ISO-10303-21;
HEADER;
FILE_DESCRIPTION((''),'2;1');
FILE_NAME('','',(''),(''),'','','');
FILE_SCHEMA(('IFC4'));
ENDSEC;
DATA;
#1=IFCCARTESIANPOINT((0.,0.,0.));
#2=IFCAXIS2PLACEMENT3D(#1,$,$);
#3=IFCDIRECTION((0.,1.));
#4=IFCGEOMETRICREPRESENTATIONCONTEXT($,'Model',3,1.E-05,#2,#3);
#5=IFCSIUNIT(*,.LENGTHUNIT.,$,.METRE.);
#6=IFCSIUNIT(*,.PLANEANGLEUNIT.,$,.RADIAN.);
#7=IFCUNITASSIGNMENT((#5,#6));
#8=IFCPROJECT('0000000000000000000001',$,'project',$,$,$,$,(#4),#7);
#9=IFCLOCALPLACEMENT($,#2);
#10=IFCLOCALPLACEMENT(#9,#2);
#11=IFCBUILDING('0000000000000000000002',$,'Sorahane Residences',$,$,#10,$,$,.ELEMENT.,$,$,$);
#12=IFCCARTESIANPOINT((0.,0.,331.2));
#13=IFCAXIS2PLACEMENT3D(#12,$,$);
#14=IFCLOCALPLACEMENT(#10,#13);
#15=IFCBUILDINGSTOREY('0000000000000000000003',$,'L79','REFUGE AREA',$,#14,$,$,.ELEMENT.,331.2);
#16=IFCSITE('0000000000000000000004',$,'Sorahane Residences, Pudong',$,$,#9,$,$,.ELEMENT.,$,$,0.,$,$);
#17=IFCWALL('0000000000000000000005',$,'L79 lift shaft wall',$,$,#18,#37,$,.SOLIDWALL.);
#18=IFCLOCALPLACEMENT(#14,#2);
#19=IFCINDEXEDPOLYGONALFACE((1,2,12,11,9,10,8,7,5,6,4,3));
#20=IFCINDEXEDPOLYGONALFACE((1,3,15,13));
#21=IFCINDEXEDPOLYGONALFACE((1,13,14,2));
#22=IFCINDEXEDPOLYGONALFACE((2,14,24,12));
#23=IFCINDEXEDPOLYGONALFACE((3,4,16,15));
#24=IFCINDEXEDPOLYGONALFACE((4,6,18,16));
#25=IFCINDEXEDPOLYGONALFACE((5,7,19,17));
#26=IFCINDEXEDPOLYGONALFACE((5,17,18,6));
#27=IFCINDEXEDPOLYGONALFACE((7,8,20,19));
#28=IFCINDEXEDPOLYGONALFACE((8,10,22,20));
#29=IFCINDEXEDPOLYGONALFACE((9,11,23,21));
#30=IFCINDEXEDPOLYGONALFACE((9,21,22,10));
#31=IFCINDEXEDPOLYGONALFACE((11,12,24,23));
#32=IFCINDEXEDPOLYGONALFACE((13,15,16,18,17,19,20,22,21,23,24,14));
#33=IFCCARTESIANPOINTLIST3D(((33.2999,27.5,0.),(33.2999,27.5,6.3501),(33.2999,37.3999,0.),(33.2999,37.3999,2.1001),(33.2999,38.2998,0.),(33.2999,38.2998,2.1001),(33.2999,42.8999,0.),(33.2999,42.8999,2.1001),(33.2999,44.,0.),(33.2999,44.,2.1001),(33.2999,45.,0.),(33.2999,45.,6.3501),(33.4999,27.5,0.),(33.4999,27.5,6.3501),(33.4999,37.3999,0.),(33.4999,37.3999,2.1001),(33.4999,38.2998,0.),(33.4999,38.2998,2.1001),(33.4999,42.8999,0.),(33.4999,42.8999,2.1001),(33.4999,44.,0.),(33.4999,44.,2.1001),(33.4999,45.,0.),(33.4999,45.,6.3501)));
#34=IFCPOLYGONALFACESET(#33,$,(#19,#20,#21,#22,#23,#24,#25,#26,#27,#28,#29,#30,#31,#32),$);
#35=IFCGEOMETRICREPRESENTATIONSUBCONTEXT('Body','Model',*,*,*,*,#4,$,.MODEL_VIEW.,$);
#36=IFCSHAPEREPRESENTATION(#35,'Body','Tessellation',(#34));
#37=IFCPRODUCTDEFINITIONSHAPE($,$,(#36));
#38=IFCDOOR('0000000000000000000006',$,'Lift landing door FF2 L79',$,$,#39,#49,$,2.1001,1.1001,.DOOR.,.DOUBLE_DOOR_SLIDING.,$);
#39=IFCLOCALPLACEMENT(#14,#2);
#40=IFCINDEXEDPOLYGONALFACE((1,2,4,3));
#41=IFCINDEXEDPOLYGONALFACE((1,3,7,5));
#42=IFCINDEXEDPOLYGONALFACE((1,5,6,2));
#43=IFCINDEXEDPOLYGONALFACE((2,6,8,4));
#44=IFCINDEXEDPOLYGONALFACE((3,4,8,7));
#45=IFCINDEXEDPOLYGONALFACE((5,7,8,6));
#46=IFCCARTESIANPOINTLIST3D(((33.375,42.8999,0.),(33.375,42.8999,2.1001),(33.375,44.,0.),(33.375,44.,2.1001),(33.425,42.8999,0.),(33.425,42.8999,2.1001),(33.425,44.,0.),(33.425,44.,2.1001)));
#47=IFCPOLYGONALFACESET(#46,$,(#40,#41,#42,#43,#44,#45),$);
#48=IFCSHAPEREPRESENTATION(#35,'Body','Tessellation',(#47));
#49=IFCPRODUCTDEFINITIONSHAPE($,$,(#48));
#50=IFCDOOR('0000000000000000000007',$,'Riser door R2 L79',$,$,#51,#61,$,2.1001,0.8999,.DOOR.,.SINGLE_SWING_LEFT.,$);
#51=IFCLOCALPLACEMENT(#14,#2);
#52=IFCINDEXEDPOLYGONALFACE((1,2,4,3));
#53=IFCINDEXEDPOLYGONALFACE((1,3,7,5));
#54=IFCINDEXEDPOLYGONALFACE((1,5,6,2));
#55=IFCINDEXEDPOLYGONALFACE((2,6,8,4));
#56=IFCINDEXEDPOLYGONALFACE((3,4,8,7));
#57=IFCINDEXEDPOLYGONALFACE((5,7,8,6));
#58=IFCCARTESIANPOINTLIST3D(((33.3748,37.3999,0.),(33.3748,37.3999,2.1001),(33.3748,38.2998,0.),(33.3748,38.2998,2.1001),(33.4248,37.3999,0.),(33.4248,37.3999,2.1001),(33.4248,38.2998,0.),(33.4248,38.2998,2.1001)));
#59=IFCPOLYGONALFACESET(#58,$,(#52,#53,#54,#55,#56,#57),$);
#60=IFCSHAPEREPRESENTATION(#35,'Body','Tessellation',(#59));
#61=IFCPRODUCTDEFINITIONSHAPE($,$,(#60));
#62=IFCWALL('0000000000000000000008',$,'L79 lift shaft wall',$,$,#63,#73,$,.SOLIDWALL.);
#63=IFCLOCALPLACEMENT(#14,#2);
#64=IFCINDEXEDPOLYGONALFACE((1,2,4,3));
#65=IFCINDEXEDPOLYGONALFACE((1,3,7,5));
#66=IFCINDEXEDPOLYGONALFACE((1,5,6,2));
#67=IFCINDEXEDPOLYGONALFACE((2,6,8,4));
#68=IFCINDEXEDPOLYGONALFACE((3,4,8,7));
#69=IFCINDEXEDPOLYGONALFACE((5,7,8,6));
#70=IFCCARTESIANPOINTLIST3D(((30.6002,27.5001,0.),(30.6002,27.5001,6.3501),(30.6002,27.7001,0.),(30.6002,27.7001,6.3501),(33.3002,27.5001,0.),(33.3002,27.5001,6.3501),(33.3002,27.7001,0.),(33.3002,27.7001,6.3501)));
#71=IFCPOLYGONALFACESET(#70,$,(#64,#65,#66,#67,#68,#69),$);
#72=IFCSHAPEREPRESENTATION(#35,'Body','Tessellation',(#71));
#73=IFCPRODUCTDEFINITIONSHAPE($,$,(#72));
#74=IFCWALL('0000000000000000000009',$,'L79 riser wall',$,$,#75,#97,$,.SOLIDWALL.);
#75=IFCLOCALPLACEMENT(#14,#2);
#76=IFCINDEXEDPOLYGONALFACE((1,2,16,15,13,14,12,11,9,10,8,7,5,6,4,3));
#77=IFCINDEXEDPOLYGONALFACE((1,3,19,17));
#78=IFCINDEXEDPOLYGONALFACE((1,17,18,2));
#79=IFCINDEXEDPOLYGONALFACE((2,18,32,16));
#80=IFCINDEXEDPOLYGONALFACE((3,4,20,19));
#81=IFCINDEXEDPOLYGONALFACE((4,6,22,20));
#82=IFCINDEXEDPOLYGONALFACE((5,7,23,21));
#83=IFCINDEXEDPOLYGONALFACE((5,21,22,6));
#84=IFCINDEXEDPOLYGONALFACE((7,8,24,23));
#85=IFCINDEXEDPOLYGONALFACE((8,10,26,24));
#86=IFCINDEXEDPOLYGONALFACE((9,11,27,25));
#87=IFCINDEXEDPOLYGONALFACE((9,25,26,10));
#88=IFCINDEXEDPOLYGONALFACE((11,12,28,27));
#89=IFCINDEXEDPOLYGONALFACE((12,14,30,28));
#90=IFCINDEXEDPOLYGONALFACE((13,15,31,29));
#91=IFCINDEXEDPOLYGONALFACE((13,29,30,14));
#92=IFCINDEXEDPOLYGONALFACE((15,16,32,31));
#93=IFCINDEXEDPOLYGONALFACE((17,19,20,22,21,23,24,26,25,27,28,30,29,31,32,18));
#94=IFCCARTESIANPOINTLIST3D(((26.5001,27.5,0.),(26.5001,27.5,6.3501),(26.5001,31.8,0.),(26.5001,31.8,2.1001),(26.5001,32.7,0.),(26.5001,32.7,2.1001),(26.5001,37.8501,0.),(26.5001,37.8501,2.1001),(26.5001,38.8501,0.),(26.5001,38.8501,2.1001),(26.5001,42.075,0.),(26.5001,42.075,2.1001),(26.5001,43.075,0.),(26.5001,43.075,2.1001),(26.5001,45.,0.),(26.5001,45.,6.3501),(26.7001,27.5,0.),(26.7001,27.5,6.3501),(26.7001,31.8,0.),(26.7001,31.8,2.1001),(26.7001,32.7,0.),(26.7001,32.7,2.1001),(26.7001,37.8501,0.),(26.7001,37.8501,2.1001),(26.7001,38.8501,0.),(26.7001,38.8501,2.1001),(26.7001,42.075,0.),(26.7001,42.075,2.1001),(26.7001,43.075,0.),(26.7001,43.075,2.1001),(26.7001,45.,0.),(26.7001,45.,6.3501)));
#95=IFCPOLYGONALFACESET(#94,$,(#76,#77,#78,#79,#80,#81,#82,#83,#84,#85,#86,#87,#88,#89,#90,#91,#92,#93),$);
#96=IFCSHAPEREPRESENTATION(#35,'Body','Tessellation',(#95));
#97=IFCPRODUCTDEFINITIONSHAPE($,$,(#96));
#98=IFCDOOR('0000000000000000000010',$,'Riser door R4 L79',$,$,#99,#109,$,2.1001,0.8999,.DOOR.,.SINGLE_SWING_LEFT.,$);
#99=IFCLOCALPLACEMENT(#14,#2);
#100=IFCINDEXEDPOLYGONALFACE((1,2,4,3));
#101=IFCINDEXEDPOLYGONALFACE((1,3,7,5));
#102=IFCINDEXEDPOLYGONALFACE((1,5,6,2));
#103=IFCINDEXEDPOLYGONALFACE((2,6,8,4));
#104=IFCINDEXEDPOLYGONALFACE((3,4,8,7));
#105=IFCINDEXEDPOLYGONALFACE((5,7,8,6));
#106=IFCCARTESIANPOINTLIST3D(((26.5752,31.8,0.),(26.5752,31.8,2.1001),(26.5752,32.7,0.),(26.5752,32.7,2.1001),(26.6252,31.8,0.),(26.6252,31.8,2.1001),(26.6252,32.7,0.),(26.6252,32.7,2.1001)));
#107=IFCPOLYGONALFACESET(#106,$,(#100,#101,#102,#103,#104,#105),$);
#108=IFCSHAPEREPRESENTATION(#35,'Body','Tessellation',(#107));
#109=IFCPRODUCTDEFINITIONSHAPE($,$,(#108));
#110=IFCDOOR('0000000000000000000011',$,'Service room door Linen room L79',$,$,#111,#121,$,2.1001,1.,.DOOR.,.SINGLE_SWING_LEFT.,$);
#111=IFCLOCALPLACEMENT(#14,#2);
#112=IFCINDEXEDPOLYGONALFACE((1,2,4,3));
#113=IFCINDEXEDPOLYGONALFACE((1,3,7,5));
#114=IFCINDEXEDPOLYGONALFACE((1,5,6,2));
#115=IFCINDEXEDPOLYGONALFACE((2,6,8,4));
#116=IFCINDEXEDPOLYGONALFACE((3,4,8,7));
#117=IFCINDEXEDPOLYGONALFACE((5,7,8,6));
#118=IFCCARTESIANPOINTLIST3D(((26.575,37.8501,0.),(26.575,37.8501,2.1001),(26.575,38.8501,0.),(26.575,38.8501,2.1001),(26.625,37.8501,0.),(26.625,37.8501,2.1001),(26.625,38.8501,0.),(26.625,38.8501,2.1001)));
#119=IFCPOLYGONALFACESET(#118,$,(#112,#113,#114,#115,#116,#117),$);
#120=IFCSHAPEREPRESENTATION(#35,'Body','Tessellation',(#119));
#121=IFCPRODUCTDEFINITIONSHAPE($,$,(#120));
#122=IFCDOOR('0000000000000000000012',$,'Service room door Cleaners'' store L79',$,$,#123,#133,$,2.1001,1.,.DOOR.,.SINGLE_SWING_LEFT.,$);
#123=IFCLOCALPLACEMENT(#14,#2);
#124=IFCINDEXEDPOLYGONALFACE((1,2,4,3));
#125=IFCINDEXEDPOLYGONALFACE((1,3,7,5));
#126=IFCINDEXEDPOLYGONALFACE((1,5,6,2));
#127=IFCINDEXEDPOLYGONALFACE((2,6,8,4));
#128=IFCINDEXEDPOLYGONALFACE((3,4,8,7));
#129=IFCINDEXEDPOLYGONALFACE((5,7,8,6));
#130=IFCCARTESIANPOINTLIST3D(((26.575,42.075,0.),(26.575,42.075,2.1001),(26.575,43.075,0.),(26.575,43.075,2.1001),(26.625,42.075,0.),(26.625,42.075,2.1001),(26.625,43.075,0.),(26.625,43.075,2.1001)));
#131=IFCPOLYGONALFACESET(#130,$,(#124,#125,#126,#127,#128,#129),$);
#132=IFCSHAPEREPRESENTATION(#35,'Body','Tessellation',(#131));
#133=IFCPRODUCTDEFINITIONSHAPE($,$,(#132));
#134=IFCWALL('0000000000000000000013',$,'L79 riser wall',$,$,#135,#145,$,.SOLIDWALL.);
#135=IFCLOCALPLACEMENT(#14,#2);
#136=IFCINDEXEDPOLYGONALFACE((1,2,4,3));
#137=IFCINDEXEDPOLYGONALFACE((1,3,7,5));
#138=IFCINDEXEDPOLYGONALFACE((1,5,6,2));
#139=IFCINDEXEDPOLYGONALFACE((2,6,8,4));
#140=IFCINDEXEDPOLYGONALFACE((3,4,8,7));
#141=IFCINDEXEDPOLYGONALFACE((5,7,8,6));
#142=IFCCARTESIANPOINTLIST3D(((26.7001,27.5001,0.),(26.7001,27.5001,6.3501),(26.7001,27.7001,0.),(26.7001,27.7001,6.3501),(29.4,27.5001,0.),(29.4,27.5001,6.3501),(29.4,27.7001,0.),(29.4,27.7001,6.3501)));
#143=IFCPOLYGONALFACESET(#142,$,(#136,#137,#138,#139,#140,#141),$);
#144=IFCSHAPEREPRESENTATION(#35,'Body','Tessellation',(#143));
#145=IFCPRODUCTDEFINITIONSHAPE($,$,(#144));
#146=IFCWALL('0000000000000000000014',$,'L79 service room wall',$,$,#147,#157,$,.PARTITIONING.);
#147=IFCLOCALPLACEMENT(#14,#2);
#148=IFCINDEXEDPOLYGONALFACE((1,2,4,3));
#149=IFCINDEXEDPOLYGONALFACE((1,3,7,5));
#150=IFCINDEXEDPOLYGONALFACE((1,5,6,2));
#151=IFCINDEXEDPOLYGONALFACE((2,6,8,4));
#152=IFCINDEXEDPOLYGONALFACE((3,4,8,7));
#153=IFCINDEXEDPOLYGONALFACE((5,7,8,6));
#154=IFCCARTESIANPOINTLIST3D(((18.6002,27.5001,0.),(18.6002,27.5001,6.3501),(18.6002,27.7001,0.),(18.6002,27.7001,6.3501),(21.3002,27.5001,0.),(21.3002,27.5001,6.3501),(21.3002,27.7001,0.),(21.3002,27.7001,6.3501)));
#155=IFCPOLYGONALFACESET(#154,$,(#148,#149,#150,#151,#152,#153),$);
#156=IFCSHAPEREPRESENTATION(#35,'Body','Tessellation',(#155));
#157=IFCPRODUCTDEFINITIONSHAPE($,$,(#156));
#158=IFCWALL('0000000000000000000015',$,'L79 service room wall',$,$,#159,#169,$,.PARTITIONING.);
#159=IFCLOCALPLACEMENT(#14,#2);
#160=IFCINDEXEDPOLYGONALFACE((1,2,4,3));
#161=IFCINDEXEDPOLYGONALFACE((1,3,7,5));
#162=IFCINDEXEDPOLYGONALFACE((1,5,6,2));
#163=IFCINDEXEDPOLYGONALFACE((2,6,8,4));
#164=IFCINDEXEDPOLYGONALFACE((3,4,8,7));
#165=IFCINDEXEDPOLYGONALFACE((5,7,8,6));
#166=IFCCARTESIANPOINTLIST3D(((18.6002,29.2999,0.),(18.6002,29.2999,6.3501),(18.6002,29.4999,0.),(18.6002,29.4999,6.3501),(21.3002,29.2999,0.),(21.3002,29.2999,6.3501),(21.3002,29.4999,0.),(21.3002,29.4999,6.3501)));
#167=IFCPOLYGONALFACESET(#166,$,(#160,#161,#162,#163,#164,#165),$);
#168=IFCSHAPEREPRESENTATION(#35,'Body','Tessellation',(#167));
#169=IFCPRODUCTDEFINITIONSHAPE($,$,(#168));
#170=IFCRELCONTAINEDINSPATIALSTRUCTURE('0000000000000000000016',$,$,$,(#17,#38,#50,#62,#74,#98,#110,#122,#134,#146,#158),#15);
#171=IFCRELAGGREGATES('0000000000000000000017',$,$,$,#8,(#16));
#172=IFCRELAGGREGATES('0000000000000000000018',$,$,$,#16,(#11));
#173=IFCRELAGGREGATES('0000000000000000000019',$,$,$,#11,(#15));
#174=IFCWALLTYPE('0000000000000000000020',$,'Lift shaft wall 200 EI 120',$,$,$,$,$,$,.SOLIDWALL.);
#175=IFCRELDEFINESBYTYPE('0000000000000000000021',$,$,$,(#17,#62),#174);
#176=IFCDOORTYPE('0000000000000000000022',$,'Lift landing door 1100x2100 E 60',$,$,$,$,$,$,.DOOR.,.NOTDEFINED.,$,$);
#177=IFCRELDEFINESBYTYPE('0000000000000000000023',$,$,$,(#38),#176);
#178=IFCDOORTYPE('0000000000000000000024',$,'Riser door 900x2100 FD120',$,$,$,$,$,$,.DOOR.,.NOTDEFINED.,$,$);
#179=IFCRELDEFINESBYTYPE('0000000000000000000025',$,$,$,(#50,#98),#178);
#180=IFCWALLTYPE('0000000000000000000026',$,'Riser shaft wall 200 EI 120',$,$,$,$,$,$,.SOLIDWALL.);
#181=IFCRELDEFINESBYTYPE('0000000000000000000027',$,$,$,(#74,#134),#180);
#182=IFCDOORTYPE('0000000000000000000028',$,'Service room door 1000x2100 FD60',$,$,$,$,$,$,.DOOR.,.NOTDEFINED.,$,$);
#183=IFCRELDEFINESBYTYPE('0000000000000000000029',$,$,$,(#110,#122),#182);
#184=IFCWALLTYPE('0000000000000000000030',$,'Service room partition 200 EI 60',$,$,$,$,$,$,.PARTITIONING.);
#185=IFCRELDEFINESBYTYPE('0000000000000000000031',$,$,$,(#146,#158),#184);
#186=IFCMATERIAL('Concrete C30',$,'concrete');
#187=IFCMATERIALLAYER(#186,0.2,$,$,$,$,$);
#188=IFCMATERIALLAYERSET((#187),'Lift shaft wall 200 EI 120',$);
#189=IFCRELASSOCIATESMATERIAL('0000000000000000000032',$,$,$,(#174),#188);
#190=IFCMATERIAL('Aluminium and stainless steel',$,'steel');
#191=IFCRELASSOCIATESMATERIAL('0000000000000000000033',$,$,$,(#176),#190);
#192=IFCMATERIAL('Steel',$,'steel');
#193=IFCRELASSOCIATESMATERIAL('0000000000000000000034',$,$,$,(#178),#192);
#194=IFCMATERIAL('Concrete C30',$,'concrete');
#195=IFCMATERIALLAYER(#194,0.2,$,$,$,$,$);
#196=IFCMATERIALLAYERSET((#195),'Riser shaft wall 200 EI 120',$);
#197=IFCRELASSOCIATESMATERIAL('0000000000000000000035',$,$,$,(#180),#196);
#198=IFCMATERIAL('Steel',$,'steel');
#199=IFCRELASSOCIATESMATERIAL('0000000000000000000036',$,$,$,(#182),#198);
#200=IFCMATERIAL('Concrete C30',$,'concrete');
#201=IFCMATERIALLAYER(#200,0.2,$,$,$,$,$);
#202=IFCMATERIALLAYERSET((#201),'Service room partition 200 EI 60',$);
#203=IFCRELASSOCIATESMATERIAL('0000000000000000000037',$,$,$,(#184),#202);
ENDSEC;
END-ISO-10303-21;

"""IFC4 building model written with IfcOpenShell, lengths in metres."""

from ifc_helpers import new_model, si_unit, direction, frame, frame_2d, origin, place, context, subcontext, project, spatial, rectangle, extrude, material, layer, layer_set, type_object, element, fill, save


model = new_model("IFC4")

# Units and contexts
model_context = context("Model", 3, precision=1e-05, world=origin(), true_north=direction((0.0, 1.0)))
body_context = subcontext(model_context, "Body", "Model", "MODEL_VIEW")
ifc_project = project(units=[si_unit("LENGTHUNIT", "METRE"), si_unit("PLANEANGLEUNIT", "RADIAN")], contexts=[model_context])

# Site, building, storey
site_placement = place(None, origin())
site = spatial("IfcSite", under=ifc_project, at=site_placement, Name="Sorahane Residences, Pudong", CompositionType="ELEMENT", RefElevation=0.0)
building_placement = place(site_placement, origin())
building = spatial("IfcBuilding", under=site, at=building_placement, Name="Sorahane Residences", CompositionType="ELEMENT")
storey_placement = place(building_placement, frame((0.0, 0.0, 331.2)))
storey = spatial("IfcBuildingStorey", under=building, at=storey_placement, Name="L79", Description="REFUGE AREA", CompositionType="ELEMENT", Elevation=331.2)

# Wall, openings, doors
ifc_material_1 = material(Name="Concrete C30", Category="concrete")
ifc_layer_1 = layer(ifc_material_1, 0.2)
ifc_layer_set_1 = layer_set([ifc_layer_1], Name="Lift shaft wall 200 EI 120")
wall_type_1 = type_object("IfcWallType", Name="Lift shaft wall 200 EI 120", PredefinedType="SOLIDWALL", material=ifc_layer_set_1)
wall_1_placement = place(storey_placement, frame((33.3999, 27.5, 0.0), z_axis=(0.0, 0.0, 1.0), x_axis=(0.0, 1.0, 0.0)))
wall_1 = element("IfcWall", 1, at=wall_1_placement, inside=storey, type_object=wall_type_1, Name="L79 lift shaft wall", PredefinedType="SOLIDWALL", context=body_context, shape_type="SweptSolid", body=[
    extrude(rectangle(XDim=17.5, YDim=0.2, at=frame_2d((8.75, 0.0))), origin(), (0.0, 0.0, 1.0), 6.3501),
])
opening_1_placement = place(wall_1_placement, frame((15.3999, 0.0, 0.0)))
opening_1 = element("IfcOpeningElement", 2, at=opening_1_placement, cuts=wall_1, PredefinedType="OPENING", context=body_context, shape_type="SweptSolid", body=[
    extrude(rectangle(XDim=1.1001, YDim=2.1001, at=frame_2d((0.55, 1.05))), frame((0.0, 0.1099, 0.0), z_axis=(0.0, -1.0, 0.0), x_axis=(1.0, 0.0, 0.0)), (0.0, 0.0, 1.0), 0.22),
])
opening_2_placement = place(wall_1_placement, frame((9.8999, 0.0, 0.0)))
opening_2 = element("IfcOpeningElement", 3, at=opening_2_placement, cuts=wall_1, PredefinedType="OPENING", context=body_context, shape_type="SweptSolid", body=[
    extrude(rectangle(XDim=0.8999, YDim=2.1001, at=frame_2d((0.45, 1.05))), frame((0.0, 0.1099, 0.0), z_axis=(0.0, -1.0, 0.0), x_axis=(1.0, 0.0, 0.0)), (0.0, 0.0, 1.0), 0.22),
])
ifc_material_2 = material(Name="Aluminium and stainless steel", Category="steel")
door_type_1 = type_object("IfcDoorType", Name="Lift landing door 1100x2100 E 60", OperationType="NOTDEFINED", PredefinedType="DOOR", material=ifc_material_2)
door_1_placement = place(opening_1_placement, origin())
door_1 = element("IfcDoor", 4, at=door_1_placement, inside=storey, type_object=door_type_1, Name="Lift landing door FF2 L79", OperationType="DOUBLE_DOOR_SLIDING", OverallHeight=2.1001, OverallWidth=1.1001, PredefinedType="DOOR", context=body_context, shape_type="SweptSolid", body=[
    extrude(rectangle(XDim=1.1001, YDim=2.1001, at=frame_2d((0.55, 1.05))), frame((0.0, 0.0249, 0.0), z_axis=(0.0, -1.0, 0.0), x_axis=(1.0, 0.0, 0.0)), (0.0, 0.0, 1.0), 0.05),
])
fill(opening_1, door_1)
ifc_material_3 = material(Name="Steel", Category="steel")
door_type_2 = type_object("IfcDoorType", Name="Riser door 900x2100 FD120", OperationType="NOTDEFINED", PredefinedType="DOOR", material=ifc_material_3)
door_2_placement = place(opening_2_placement, frame((0.8999, 0.0, 0.0), z_axis=(0.0, 0.0, 1.0), x_axis=(-1.0, 0.0, 0.0)))
door_2 = element("IfcDoor", 5, at=door_2_placement, inside=storey, type_object=door_type_2, Name="Riser door R2 L79", OperationType="SINGLE_SWING_LEFT", OverallHeight=2.1001, OverallWidth=0.8999, PredefinedType="DOOR", context=body_context, shape_type="SweptSolid", body=[
    extrude(rectangle(XDim=0.8999, YDim=2.1001, at=frame_2d((0.45, 1.05))), frame((0.0, 0.0249, 0.0), z_axis=(0.0, -1.0, 0.0), x_axis=(1.0, 0.0, 0.0)), (0.0, 0.0, 1.0), 0.05),
])
fill(opening_2, door_2)

# Wall
wall_2_placement = place(storey_placement, frame((30.6001, 27.6001, 0.0), z_axis=(0.0, 0.0, 1.0), x_axis=(1.0, 0.0, 0.0)))
element("IfcWall", 6, at=wall_2_placement, inside=storey, type_object=wall_type_1, Name="L79 lift shaft wall", PredefinedType="SOLIDWALL", context=body_context, shape_type="SweptSolid", body=[
    extrude(rectangle(XDim=2.7, YDim=0.2, at=frame_2d((1.3501, 0.0))), origin(), (0.0, 0.0, 1.0), 6.3501),
])

# Wall, openings, doors
ifc_material_4 = material(Name="Concrete C30", Category="concrete")
ifc_layer_2 = layer(ifc_material_4, 0.2)
ifc_layer_set_2 = layer_set([ifc_layer_2], Name="Riser shaft wall 200 EI 120")
wall_type_2 = type_object("IfcWallType", Name="Riser shaft wall 200 EI 120", PredefinedType="SOLIDWALL", material=ifc_layer_set_2)
wall_3_placement = place(storey_placement, frame((26.6001, 27.5, 0.0), z_axis=(0.0, 0.0, 1.0), x_axis=(0.0, 1.0, 0.0)))
wall_3 = element("IfcWall", 7, at=wall_3_placement, inside=storey, type_object=wall_type_2, Name="L79 riser wall", PredefinedType="SOLIDWALL", context=body_context, shape_type="SweptSolid", body=[
    extrude(rectangle(XDim=17.5, YDim=0.2, at=frame_2d((8.75, 0.0))), origin(), (0.0, 0.0, 1.0), 6.3501),
])
opening_3_placement = place(wall_3_placement, frame((4.3, 0.0, 0.0)))
opening_3 = element("IfcOpeningElement", 8, at=opening_3_placement, cuts=wall_3, PredefinedType="OPENING", context=body_context, shape_type="SweptSolid", body=[
    extrude(rectangle(XDim=0.8999, YDim=2.1001, at=frame_2d((0.45, 1.05))), frame((0.0, 0.1099, 0.0), z_axis=(0.0, -1.0, 0.0), x_axis=(1.0, 0.0, 0.0)), (0.0, 0.0, 1.0), 0.22),
])
opening_4_placement = place(wall_3_placement, frame((10.3501, 0.0, 0.0)))
opening_4 = element("IfcOpeningElement", 9, at=opening_4_placement, cuts=wall_3, PredefinedType="OPENING", context=body_context, shape_type="SweptSolid", body=[
    extrude(rectangle(XDim=1.0, YDim=2.1001, at=frame_2d((0.5, 1.05))), frame((0.0, 0.1099, 0.0), z_axis=(0.0, -1.0, 0.0), x_axis=(1.0, 0.0, 0.0)), (0.0, 0.0, 1.0), 0.22),
])
opening_5_placement = place(wall_3_placement, frame((14.575, 0.0, 0.0)))
opening_5 = element("IfcOpeningElement", 10, at=opening_5_placement, cuts=wall_3, PredefinedType="OPENING", context=body_context, shape_type="SweptSolid", body=[
    extrude(rectangle(XDim=1.0, YDim=2.1001, at=frame_2d((0.5, 1.05))), frame((0.0, 0.1099, 0.0), z_axis=(0.0, -1.0, 0.0), x_axis=(1.0, 0.0, 0.0)), (0.0, 0.0, 1.0), 0.22),
])
door_3_placement = place(opening_3_placement, origin())
door_3 = element("IfcDoor", 11, at=door_3_placement, inside=storey, type_object=door_type_2, Name="Riser door R4 L79", OperationType="SINGLE_SWING_LEFT", OverallHeight=2.1001, OverallWidth=0.8999, PredefinedType="DOOR", context=body_context, shape_type="SweptSolid", body=[
    extrude(rectangle(XDim=0.8999, YDim=2.1001, at=frame_2d((0.45, 1.05))), frame((0.0, 0.0249, 0.0), z_axis=(0.0, -1.0, 0.0), x_axis=(1.0, 0.0, 0.0)), (0.0, 0.0, 1.0), 0.05),
])
fill(opening_3, door_3)
ifc_material_5 = material(Name="Steel", Category="steel")
door_type_3 = type_object("IfcDoorType", Name="Service room door 1000x2100 FD60", OperationType="NOTDEFINED", PredefinedType="DOOR", material=ifc_material_5)
door_4_placement = place(opening_4_placement, frame((1.0, 0.0, 0.0), z_axis=(0.0, 0.0, 1.0), x_axis=(-1.0, 0.0, 0.0)))
door_4 = element("IfcDoor", 12, at=door_4_placement, inside=storey, type_object=door_type_3, Name="Service room door Linen room L79", OperationType="SINGLE_SWING_LEFT", OverallHeight=2.1001, OverallWidth=1.0, PredefinedType="DOOR", context=body_context, shape_type="SweptSolid", body=[
    extrude(rectangle(XDim=1.0, YDim=2.1001, at=frame_2d((0.5, 1.05))), frame((0.0, 0.0249, 0.0), z_axis=(0.0, -1.0, 0.0), x_axis=(1.0, 0.0, 0.0)), (0.0, 0.0, 1.0), 0.05),
])
fill(opening_4, door_4)
door_5_placement = place(opening_5_placement, frame((1.0, 0.0, 0.0), z_axis=(0.0, 0.0, 1.0), x_axis=(-1.0, 0.0, 0.0)))
door_5 = element("IfcDoor", 13, at=door_5_placement, inside=storey, type_object=door_type_3, Name="Service room door Cleaners' store L79", OperationType="SINGLE_SWING_LEFT", OverallHeight=2.1001, OverallWidth=1.0, PredefinedType="DOOR", context=body_context, shape_type="SweptSolid", body=[
    extrude(rectangle(XDim=1.0, YDim=2.1001, at=frame_2d((0.5, 1.05))), frame((0.0, 0.0249, 0.0), z_axis=(0.0, -1.0, 0.0), x_axis=(1.0, 0.0, 0.0)), (0.0, 0.0, 1.0), 0.05),
])
fill(opening_5, door_5)

# Walls
wall_4_placement = place(storey_placement, frame((26.7, 27.6001, 0.0), z_axis=(0.0, 0.0, 1.0), x_axis=(1.0, 0.0, 0.0)))
element("IfcWall", 14, at=wall_4_placement, inside=storey, type_object=wall_type_2, Name="L79 riser wall", PredefinedType="SOLIDWALL", context=body_context, shape_type="SweptSolid", body=[
    extrude(rectangle(XDim=2.7, YDim=0.2, at=frame_2d((1.3501, 0.0))), origin(), (0.0, 0.0, 1.0), 6.3501),
])
ifc_material_6 = material(Name="Concrete C30", Category="concrete")
ifc_layer_3 = layer(ifc_material_6, 0.2)
ifc_layer_set_3 = layer_set([ifc_layer_3], Name="Service room partition 200 EI 60")
wall_type_3 = type_object("IfcWallType", Name="Service room partition 200 EI 60", PredefinedType="PARTITIONING", material=ifc_layer_set_3)
for number, where, z_axis, x_axis, name in (
    (15, (18.6001, 27.6001, 0.0), (0.0, 0.0, 1.0), (1.0, 0.0, 0.0), "L79 service room wall"),
    (16, (18.6001, 29.3999, 0.0), (0.0, 0.0, 1.0), (1.0, 0.0, 0.0), "L79 service room wall"),
):
    element("IfcWall", number, at=place(storey_placement, frame(where, z_axis=z_axis, x_axis=x_axis)), inside=storey, type_object=wall_type_3, Name=name, PredefinedType="PARTITIONING", context=body_context, shape_type="SweptSolid", body=[
        extrude(rectangle(XDim=2.7, YDim=0.2, at=frame_2d((1.3501, 0.0))), origin(), (0.0, 0.0, 1.0), 6.3501),
    ])

save(model, "model.ifc")
